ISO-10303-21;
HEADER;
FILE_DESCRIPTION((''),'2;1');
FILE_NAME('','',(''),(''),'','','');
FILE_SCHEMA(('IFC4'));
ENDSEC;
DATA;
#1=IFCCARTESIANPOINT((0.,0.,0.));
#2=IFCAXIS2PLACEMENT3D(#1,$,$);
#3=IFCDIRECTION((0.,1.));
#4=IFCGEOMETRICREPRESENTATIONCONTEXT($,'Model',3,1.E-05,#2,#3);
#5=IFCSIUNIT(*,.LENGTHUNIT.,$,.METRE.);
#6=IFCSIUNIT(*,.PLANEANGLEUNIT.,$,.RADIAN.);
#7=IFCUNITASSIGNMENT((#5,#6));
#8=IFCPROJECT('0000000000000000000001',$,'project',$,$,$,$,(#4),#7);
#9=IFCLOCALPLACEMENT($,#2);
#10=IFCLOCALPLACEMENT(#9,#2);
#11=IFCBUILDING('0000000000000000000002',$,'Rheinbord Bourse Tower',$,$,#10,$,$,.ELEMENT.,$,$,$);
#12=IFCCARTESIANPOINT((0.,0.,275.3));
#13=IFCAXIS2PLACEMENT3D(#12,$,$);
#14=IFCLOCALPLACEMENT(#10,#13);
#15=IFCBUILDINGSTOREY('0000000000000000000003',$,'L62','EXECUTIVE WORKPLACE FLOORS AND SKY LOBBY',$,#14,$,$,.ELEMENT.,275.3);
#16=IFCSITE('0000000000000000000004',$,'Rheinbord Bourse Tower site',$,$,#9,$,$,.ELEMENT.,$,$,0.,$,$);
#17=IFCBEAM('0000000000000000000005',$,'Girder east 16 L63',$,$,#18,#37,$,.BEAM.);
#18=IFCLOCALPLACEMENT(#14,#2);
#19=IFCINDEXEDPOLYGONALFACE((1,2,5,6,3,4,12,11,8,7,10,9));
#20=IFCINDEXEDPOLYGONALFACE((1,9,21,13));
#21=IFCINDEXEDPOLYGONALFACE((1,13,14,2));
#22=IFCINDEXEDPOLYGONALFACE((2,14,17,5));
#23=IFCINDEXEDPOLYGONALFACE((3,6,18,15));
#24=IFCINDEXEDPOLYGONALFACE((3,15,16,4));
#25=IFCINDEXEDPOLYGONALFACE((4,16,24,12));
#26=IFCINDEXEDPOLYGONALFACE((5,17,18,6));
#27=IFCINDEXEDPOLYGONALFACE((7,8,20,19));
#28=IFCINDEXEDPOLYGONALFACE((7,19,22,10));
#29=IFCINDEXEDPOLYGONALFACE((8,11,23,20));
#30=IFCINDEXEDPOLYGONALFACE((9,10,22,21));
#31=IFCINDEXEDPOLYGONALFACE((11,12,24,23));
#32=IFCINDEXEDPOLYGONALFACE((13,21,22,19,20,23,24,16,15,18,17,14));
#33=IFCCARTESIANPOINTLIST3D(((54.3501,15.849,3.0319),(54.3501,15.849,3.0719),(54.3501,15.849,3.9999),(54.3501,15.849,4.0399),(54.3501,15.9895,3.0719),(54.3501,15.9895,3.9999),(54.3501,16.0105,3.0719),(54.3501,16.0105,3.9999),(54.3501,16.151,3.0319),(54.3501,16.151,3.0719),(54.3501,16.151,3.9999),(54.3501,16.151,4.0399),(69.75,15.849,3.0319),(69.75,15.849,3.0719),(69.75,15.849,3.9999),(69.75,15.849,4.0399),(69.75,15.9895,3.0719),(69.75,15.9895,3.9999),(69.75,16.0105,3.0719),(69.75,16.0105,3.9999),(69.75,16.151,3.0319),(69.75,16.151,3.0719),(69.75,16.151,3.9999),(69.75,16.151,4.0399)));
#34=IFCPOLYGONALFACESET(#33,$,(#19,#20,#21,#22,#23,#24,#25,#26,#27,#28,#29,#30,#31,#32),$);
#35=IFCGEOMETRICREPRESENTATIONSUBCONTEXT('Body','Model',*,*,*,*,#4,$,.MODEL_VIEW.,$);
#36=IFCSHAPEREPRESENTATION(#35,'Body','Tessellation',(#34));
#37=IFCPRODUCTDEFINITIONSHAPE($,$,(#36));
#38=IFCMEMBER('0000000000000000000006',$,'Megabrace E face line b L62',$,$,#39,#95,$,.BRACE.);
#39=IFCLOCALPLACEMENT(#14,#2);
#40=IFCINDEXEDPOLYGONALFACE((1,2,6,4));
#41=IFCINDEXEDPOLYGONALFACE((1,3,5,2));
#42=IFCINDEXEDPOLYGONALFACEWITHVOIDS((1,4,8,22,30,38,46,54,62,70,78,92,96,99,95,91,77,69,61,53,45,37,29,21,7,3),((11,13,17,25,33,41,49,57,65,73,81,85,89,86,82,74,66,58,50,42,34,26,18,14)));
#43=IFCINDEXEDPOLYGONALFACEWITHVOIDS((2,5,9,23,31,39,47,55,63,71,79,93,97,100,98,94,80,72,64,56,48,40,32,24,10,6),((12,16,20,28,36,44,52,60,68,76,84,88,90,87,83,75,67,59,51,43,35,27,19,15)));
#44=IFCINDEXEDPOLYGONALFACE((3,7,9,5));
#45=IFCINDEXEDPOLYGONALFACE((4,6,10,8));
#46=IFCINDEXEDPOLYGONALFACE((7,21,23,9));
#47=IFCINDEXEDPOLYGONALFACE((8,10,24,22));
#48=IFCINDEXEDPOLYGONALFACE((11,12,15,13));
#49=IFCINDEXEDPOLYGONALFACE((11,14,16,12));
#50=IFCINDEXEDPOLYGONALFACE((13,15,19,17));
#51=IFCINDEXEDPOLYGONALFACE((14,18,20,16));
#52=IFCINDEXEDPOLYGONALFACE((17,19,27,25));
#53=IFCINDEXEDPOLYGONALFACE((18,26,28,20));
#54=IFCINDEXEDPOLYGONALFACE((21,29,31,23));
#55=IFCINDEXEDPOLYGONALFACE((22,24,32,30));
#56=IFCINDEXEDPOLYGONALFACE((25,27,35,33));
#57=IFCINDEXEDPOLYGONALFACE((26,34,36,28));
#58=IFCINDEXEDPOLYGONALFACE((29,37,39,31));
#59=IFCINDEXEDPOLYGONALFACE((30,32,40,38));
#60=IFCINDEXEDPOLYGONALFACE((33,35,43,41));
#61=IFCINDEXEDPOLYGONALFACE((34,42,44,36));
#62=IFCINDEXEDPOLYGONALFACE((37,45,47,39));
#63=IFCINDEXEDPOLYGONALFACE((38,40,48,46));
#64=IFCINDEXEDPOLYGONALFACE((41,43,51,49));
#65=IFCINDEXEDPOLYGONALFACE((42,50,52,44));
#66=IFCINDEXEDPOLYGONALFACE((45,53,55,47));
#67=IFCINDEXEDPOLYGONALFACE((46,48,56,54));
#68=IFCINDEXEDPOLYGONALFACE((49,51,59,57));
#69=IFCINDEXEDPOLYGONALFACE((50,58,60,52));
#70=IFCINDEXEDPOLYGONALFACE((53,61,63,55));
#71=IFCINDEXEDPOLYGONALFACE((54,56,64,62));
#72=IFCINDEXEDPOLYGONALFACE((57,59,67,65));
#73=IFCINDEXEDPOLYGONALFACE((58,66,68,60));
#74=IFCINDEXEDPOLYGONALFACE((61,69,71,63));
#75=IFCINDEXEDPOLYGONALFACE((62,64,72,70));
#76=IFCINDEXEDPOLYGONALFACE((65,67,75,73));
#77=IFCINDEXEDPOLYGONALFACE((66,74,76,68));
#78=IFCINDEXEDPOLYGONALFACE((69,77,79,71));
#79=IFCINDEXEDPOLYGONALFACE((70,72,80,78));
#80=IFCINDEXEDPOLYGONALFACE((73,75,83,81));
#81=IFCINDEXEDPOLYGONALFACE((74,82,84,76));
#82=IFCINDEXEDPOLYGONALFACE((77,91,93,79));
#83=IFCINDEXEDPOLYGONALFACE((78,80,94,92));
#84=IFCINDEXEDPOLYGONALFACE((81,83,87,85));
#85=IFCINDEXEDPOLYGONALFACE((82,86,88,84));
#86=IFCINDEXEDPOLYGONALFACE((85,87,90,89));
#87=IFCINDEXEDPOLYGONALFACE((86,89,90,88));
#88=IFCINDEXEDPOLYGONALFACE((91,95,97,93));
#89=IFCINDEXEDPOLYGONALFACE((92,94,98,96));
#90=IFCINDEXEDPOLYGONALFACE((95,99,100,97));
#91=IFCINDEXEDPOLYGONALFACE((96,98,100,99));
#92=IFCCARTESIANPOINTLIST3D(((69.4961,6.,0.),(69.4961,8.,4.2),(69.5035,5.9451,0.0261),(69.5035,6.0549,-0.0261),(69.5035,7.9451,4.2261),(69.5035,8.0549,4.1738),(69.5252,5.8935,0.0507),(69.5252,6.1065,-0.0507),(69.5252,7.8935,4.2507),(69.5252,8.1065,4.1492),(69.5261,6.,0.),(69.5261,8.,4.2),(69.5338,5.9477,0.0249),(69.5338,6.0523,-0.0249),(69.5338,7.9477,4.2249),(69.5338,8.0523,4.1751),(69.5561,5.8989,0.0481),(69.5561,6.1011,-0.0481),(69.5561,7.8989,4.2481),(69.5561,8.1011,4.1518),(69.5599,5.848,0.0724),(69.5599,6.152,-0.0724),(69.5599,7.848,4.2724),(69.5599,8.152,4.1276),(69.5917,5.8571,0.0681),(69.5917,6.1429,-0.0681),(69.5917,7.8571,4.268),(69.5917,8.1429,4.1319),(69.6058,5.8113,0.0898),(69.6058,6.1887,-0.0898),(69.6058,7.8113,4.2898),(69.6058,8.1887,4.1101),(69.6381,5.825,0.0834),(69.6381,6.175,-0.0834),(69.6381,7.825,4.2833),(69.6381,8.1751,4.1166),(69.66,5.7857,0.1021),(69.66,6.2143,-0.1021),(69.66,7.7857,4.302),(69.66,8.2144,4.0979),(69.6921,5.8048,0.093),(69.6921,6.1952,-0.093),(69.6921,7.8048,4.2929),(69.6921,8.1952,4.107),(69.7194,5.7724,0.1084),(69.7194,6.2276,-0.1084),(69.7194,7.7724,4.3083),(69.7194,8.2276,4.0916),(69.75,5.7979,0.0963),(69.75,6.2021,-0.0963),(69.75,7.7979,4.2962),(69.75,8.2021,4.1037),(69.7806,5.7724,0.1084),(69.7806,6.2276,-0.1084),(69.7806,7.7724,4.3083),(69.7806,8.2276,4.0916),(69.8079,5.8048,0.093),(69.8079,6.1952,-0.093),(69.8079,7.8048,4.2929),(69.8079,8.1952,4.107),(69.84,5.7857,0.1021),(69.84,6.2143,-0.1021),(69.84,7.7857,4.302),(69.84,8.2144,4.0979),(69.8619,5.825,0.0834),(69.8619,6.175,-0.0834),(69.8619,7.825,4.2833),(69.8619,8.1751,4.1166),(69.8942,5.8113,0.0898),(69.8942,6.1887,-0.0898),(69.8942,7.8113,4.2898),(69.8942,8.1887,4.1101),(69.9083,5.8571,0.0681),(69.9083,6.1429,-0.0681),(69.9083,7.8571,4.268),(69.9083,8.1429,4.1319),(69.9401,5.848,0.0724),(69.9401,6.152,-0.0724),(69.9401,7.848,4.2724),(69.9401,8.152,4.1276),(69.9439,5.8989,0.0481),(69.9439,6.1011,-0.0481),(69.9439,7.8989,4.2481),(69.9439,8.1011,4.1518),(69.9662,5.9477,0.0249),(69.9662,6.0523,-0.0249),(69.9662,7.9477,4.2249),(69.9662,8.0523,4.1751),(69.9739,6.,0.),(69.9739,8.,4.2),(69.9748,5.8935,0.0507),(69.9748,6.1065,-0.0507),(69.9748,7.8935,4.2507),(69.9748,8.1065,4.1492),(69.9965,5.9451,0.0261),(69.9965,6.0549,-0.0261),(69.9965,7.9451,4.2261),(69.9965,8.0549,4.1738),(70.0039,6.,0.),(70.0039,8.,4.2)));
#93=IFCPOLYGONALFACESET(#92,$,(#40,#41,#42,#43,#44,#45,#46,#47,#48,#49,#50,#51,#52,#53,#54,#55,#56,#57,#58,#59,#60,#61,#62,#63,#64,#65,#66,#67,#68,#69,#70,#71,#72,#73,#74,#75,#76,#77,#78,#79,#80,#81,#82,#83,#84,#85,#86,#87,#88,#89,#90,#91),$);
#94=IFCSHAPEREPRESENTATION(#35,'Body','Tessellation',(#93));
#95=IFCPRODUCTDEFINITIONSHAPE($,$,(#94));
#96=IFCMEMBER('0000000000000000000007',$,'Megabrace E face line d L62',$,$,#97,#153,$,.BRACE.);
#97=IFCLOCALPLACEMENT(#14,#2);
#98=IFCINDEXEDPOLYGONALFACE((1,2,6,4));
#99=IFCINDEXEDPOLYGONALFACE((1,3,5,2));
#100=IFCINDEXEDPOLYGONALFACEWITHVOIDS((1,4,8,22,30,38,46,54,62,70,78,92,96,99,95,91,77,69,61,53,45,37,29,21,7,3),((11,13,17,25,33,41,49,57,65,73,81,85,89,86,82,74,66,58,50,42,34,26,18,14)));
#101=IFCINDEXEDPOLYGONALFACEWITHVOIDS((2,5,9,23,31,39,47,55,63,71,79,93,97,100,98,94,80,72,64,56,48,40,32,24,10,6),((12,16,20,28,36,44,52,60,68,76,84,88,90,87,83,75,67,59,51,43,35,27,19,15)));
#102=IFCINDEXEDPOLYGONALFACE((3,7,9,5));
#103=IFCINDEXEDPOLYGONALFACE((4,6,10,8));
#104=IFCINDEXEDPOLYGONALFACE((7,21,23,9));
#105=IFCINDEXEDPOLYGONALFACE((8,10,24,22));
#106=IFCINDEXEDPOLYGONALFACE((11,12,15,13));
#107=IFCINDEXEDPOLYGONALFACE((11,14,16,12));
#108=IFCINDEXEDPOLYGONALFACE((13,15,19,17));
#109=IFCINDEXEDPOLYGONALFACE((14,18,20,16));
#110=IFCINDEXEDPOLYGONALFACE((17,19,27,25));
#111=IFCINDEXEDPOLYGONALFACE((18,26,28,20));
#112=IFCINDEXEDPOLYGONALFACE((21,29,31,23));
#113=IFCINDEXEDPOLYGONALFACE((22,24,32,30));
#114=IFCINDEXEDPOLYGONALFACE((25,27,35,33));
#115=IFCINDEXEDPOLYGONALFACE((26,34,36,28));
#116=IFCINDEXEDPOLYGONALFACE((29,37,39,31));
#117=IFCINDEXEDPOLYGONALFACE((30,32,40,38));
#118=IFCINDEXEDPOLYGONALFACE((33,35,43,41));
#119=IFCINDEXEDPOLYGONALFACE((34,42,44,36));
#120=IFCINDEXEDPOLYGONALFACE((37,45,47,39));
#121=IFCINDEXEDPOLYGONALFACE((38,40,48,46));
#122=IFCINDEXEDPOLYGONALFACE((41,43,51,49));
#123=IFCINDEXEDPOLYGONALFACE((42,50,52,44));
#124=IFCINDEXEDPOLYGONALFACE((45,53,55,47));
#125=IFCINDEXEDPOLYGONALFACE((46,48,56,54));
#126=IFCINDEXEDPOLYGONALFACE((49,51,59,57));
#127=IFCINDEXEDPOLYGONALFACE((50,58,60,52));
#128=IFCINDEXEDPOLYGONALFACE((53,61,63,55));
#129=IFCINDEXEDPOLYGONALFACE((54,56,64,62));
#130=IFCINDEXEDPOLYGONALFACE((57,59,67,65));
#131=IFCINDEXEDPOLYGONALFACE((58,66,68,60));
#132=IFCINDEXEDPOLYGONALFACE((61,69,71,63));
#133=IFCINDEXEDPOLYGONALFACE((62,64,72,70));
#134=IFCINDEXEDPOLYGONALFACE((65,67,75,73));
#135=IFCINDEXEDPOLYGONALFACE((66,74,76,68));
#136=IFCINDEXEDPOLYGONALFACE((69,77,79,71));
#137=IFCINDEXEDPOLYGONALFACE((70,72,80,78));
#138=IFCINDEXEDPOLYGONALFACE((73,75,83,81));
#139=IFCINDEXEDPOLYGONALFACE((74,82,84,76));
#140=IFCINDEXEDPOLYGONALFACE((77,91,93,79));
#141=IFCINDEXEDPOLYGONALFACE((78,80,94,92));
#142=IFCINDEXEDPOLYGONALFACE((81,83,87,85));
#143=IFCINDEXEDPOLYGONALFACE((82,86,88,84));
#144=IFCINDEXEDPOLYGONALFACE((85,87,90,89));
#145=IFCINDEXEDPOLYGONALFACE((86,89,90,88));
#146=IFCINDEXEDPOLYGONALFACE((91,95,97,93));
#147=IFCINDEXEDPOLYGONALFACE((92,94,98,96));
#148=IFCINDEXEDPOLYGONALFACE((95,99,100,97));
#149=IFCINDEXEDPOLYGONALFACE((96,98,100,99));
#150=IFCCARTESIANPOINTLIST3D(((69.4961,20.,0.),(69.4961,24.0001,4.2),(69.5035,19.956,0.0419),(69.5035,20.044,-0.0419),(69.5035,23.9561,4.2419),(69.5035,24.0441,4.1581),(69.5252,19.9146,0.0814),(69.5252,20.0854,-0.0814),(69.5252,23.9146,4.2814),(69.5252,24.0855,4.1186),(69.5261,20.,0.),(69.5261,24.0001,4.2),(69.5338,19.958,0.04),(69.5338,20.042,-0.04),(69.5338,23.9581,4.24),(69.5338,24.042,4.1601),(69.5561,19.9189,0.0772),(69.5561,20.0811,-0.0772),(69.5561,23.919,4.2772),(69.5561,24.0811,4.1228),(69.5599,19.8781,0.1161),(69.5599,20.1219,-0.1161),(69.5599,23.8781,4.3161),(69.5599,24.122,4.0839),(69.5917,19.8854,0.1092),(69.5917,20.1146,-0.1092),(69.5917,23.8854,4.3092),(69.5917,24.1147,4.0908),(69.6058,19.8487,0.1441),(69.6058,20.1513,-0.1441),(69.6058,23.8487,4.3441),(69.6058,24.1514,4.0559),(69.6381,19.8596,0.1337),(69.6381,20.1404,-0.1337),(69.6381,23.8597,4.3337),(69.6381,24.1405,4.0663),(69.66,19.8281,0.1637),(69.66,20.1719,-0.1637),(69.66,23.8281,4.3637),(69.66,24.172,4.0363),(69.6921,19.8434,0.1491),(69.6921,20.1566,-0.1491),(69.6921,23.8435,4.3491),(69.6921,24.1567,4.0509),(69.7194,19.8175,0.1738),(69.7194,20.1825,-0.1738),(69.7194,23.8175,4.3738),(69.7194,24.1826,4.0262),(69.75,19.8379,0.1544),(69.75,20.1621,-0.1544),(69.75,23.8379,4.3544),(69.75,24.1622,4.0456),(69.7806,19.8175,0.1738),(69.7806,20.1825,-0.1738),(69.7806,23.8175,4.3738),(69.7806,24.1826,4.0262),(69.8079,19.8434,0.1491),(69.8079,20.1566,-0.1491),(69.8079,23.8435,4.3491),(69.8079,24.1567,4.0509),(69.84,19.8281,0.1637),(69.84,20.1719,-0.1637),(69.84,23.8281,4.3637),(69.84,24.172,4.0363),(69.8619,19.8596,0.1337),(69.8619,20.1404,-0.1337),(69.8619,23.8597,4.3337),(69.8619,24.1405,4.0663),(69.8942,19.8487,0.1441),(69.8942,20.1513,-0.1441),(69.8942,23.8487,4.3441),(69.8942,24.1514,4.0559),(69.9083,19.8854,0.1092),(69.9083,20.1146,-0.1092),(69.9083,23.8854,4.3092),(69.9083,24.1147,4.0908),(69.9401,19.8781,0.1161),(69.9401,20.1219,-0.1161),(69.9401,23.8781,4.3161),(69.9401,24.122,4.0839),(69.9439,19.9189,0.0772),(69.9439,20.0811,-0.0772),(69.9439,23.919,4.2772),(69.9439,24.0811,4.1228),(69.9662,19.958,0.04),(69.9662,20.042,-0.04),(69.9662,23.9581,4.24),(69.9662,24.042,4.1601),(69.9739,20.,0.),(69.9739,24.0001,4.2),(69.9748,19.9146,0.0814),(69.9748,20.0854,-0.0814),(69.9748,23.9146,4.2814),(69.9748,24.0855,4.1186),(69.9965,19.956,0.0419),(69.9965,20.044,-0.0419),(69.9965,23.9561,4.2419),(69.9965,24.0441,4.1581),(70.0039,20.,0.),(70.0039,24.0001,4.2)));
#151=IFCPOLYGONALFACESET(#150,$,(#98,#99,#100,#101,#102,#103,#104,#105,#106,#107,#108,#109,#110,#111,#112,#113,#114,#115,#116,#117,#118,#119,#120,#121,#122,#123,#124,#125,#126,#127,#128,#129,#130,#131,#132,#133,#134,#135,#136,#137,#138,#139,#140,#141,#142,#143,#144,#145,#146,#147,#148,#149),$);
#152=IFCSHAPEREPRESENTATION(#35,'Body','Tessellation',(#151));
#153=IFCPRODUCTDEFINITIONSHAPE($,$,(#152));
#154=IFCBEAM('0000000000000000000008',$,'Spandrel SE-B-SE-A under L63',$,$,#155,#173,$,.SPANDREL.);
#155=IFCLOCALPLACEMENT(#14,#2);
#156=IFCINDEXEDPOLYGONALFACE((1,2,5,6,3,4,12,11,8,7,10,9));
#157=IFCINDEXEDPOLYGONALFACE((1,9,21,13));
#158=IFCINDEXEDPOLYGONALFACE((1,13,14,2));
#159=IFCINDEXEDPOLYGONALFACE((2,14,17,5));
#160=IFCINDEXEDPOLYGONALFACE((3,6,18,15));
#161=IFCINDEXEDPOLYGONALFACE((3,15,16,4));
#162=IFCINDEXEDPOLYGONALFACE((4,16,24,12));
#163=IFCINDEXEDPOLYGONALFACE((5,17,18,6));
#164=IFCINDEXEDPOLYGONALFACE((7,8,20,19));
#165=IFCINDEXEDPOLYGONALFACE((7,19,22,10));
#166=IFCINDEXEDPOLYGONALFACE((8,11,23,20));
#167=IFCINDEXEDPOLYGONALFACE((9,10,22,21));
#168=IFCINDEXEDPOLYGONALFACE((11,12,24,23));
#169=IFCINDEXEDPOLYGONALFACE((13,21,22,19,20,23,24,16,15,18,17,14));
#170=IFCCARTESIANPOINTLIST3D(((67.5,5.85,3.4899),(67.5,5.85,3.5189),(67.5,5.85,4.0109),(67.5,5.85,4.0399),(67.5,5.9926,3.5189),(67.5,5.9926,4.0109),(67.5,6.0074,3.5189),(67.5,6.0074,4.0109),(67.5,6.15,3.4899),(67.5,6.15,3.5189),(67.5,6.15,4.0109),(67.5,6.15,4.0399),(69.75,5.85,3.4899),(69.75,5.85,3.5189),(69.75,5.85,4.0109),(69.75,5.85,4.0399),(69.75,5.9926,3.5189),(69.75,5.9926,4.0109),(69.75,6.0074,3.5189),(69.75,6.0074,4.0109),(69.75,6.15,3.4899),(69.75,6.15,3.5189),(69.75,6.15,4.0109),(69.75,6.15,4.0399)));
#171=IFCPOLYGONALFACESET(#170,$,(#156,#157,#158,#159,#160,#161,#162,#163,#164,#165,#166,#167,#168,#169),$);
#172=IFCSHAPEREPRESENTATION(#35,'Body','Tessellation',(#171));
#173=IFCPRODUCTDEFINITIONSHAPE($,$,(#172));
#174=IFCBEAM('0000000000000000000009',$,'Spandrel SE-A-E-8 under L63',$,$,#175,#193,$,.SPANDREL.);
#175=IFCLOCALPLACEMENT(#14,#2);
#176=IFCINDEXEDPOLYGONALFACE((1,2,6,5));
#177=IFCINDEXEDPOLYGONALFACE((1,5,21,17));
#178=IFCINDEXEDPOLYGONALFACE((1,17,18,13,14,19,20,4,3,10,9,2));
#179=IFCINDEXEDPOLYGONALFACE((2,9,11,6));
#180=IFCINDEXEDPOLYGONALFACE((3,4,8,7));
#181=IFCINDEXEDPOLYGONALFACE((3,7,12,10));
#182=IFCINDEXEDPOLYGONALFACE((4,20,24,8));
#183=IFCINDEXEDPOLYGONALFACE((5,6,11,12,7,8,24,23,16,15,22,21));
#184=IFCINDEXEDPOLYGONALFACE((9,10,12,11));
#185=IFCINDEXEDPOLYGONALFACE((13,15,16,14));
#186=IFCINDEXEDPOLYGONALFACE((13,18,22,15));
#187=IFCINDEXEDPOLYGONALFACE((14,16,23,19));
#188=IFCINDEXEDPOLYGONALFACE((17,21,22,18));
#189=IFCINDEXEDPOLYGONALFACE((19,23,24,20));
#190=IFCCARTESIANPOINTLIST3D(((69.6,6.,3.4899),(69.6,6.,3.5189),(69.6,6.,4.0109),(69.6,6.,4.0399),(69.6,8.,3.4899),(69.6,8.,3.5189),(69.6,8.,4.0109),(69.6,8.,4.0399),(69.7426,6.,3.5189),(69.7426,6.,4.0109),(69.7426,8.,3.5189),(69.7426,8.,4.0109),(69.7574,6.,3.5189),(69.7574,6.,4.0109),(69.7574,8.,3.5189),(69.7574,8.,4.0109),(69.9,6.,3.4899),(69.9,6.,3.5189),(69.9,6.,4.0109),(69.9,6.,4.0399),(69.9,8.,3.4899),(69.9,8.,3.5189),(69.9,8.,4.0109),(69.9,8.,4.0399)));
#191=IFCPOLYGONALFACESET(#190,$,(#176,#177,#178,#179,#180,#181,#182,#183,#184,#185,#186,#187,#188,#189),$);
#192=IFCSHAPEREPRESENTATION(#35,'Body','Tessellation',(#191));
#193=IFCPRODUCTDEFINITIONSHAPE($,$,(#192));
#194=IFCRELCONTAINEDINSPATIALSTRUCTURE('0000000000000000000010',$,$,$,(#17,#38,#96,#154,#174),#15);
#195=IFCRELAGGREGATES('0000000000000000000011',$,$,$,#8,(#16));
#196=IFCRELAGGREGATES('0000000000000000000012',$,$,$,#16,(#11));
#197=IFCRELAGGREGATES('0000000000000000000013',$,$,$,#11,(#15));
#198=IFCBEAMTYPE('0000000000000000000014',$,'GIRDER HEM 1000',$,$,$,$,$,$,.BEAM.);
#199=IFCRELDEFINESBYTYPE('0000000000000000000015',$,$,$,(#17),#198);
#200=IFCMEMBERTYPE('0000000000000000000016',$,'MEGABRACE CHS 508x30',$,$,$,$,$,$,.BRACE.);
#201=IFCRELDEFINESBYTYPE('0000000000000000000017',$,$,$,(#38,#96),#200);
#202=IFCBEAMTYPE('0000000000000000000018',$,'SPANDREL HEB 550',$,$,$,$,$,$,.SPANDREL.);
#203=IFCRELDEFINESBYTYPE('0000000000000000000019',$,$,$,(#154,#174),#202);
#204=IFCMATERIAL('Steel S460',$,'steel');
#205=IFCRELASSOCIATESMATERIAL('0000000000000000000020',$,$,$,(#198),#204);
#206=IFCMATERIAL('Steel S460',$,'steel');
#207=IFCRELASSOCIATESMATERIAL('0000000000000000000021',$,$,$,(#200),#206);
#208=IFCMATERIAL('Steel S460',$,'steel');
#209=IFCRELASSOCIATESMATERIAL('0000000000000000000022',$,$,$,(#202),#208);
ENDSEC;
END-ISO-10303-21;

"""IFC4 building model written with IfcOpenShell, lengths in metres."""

from ifc_helpers import new_model, si_unit, direction, frame, origin, origin_2d, place, context, subcontext, project, spatial, hollow_circle, i_section, extrude, material, material_profile, profile_set, type_object, element, save


model = new_model("IFC4")

# Units and contexts
model_context = context("Model", 3, precision=1e-05, world=origin(), true_north=direction((0.0, 1.0)))
body_context = subcontext(model_context, "Body", "Model", "MODEL_VIEW")
ifc_project = project(units=[si_unit("LENGTHUNIT", "METRE"), si_unit("PLANEANGLEUNIT", "RADIAN")], contexts=[model_context])

# Site, building, storey
site_placement = place(None, origin())
site = spatial("IfcSite", under=ifc_project, at=site_placement, Name="Rheinbord Bourse Tower site", CompositionType="ELEMENT", RefElevation=0.0)
building_placement = place(site_placement, origin())
building = spatial("IfcBuilding", under=site, at=building_placement, Name="Rheinbord Bourse Tower", CompositionType="ELEMENT")
storey_placement = place(building_placement, frame((0.0, 0.0, 275.3)))
storey = spatial("IfcBuildingStorey", under=building, at=storey_placement, Name="L62", Description="EXECUTIVE WORKPLACE FLOORS AND SKY LOBBY", CompositionType="ELEMENT", Elevation=275.3)

# Beam
ifc_material_1 = material(Name="Steel S460", Category="steel")
ifc_material_profile_1 = material_profile(ifc_material_1, i_section(OverallWidth=0.302, OverallDepth=1.0081, WebThickness=0.021, FlangeThickness=0.04, at=origin_2d()), Name="HEM 1000")
ifc_profile_set_1 = profile_set([ifc_material_profile_1], Name="Steel S460")
beam_type_1 = type_object("IfcBeamType", Name="GIRDER HEM 1000", PredefinedType="BEAM", material=ifc_profile_set_1)
beam_1_placement = place(storey_placement, frame((54.3501, 16.0, 3.5359), z_axis=(1.0, 0.0, 0.0), x_axis=(0.0, 1.0, 0.0)))
element("IfcBeam", 1, at=beam_1_placement, inside=storey, type_object=beam_type_1, Name="Girder east 16 L63", PredefinedType="BEAM", context=body_context, shape_type="SweptSolid", body=[
    extrude(i_section(OverallWidth=0.302, OverallDepth=1.0081, WebThickness=0.021, FlangeThickness=0.04, at=origin_2d()), origin(), (0.0, 0.0, 1.0), 15.3999),
])

# Members
ifc_material_2 = material(Name="Steel S460", Category="steel")
ifc_material_profile_2 = material_profile(ifc_material_2, hollow_circle(Radius=0.2539, WallThickness=0.03, at=origin_2d()), Name="CHS 508x30")
ifc_profile_set_2 = profile_set([ifc_material_profile_2], Name="Steel S460")
member_type_1 = type_object("IfcMemberType", Name="MEGABRACE CHS 508x30", PredefinedType="BRACE", material=ifc_profile_set_2)
member_1_placement = place(storey_placement, frame((69.75, 6.0, 0.0), z_axis=(0.0, 0.429938, 0.902859), x_axis=(-1.0, 0.0, 0.0)))
element("IfcMember", 2, at=member_1_placement, inside=storey, type_object=member_type_1, Name="Megabrace E face line b L62", PredefinedType="BRACE", context=body_context, shape_type="SweptSolid", body=[
    extrude(hollow_circle(Radius=0.2539, WallThickness=0.03, at=origin_2d()), origin(), (0.0, 0.0, 1.0), 4.6519),
])
member_2_placement = place(storey_placement, frame((69.75, 20.0, 0.0), z_axis=(0.0, 0.689659, 0.724134), x_axis=(-1.0, 0.0, 0.0)))
element("IfcMember", 3, at=member_2_placement, inside=storey, type_object=member_type_1, Name="Megabrace E face line d L62", PredefinedType="BRACE", context=body_context, shape_type="SweptSolid", body=[
    extrude(hollow_circle(Radius=0.2539, WallThickness=0.03, at=origin_2d()), origin(), (0.0, 0.0, 1.0), 5.8),
])

# Beams
ifc_material_3 = material(Name="Steel S460", Category="steel")
ifc_material_profile_3 = material_profile(ifc_material_3, i_section(OverallWidth=0.3, OverallDepth=0.55, WebThickness=0.0149, FlangeThickness=0.0291, at=origin_2d()), Name="HEB 550")
ifc_profile_set_3 = profile_set([ifc_material_profile_3], Name="Steel S460")
beam_type_2 = type_object("IfcBeamType", Name="SPANDREL HEB 550", PredefinedType="SPANDREL", material=ifc_profile_set_3)
beam_2_placement = place(storey_placement, frame((67.5, 6.0, 3.7649), z_axis=(1.0, 0.0, 0.0), x_axis=(0.0, 1.0, 0.0)))
element("IfcBeam", 4, at=beam_2_placement, inside=storey, type_object=beam_type_2, Name="Spandrel SE-B-SE-A under L63", PredefinedType="SPANDREL", context=body_context, shape_type="SweptSolid", body=[
    extrude(i_section(OverallWidth=0.3, OverallDepth=0.55, WebThickness=0.0149, FlangeThickness=0.0291, at=origin_2d()), origin(), (0.0, 0.0, 1.0), 2.25),
])
beam_3_placement = place(storey_placement, frame((69.75, 6.0, 3.7649), z_axis=(0.0, 1.0, 0.0), x_axis=(-1.0, 0.0, 0.0)))
element("IfcBeam", 5, at=beam_3_placement, inside=storey, type_object=beam_type_2, Name="Spandrel SE-A-E-8 under L63", PredefinedType="SPANDREL", context=body_context, shape_type="SweptSolid", body=[
    extrude(i_section(OverallWidth=0.3, OverallDepth=0.55, WebThickness=0.0149, FlangeThickness=0.0291, at=origin_2d()), origin(), (0.0, 0.0, 1.0), 2.0),
])

save(model, "model.ifc")
